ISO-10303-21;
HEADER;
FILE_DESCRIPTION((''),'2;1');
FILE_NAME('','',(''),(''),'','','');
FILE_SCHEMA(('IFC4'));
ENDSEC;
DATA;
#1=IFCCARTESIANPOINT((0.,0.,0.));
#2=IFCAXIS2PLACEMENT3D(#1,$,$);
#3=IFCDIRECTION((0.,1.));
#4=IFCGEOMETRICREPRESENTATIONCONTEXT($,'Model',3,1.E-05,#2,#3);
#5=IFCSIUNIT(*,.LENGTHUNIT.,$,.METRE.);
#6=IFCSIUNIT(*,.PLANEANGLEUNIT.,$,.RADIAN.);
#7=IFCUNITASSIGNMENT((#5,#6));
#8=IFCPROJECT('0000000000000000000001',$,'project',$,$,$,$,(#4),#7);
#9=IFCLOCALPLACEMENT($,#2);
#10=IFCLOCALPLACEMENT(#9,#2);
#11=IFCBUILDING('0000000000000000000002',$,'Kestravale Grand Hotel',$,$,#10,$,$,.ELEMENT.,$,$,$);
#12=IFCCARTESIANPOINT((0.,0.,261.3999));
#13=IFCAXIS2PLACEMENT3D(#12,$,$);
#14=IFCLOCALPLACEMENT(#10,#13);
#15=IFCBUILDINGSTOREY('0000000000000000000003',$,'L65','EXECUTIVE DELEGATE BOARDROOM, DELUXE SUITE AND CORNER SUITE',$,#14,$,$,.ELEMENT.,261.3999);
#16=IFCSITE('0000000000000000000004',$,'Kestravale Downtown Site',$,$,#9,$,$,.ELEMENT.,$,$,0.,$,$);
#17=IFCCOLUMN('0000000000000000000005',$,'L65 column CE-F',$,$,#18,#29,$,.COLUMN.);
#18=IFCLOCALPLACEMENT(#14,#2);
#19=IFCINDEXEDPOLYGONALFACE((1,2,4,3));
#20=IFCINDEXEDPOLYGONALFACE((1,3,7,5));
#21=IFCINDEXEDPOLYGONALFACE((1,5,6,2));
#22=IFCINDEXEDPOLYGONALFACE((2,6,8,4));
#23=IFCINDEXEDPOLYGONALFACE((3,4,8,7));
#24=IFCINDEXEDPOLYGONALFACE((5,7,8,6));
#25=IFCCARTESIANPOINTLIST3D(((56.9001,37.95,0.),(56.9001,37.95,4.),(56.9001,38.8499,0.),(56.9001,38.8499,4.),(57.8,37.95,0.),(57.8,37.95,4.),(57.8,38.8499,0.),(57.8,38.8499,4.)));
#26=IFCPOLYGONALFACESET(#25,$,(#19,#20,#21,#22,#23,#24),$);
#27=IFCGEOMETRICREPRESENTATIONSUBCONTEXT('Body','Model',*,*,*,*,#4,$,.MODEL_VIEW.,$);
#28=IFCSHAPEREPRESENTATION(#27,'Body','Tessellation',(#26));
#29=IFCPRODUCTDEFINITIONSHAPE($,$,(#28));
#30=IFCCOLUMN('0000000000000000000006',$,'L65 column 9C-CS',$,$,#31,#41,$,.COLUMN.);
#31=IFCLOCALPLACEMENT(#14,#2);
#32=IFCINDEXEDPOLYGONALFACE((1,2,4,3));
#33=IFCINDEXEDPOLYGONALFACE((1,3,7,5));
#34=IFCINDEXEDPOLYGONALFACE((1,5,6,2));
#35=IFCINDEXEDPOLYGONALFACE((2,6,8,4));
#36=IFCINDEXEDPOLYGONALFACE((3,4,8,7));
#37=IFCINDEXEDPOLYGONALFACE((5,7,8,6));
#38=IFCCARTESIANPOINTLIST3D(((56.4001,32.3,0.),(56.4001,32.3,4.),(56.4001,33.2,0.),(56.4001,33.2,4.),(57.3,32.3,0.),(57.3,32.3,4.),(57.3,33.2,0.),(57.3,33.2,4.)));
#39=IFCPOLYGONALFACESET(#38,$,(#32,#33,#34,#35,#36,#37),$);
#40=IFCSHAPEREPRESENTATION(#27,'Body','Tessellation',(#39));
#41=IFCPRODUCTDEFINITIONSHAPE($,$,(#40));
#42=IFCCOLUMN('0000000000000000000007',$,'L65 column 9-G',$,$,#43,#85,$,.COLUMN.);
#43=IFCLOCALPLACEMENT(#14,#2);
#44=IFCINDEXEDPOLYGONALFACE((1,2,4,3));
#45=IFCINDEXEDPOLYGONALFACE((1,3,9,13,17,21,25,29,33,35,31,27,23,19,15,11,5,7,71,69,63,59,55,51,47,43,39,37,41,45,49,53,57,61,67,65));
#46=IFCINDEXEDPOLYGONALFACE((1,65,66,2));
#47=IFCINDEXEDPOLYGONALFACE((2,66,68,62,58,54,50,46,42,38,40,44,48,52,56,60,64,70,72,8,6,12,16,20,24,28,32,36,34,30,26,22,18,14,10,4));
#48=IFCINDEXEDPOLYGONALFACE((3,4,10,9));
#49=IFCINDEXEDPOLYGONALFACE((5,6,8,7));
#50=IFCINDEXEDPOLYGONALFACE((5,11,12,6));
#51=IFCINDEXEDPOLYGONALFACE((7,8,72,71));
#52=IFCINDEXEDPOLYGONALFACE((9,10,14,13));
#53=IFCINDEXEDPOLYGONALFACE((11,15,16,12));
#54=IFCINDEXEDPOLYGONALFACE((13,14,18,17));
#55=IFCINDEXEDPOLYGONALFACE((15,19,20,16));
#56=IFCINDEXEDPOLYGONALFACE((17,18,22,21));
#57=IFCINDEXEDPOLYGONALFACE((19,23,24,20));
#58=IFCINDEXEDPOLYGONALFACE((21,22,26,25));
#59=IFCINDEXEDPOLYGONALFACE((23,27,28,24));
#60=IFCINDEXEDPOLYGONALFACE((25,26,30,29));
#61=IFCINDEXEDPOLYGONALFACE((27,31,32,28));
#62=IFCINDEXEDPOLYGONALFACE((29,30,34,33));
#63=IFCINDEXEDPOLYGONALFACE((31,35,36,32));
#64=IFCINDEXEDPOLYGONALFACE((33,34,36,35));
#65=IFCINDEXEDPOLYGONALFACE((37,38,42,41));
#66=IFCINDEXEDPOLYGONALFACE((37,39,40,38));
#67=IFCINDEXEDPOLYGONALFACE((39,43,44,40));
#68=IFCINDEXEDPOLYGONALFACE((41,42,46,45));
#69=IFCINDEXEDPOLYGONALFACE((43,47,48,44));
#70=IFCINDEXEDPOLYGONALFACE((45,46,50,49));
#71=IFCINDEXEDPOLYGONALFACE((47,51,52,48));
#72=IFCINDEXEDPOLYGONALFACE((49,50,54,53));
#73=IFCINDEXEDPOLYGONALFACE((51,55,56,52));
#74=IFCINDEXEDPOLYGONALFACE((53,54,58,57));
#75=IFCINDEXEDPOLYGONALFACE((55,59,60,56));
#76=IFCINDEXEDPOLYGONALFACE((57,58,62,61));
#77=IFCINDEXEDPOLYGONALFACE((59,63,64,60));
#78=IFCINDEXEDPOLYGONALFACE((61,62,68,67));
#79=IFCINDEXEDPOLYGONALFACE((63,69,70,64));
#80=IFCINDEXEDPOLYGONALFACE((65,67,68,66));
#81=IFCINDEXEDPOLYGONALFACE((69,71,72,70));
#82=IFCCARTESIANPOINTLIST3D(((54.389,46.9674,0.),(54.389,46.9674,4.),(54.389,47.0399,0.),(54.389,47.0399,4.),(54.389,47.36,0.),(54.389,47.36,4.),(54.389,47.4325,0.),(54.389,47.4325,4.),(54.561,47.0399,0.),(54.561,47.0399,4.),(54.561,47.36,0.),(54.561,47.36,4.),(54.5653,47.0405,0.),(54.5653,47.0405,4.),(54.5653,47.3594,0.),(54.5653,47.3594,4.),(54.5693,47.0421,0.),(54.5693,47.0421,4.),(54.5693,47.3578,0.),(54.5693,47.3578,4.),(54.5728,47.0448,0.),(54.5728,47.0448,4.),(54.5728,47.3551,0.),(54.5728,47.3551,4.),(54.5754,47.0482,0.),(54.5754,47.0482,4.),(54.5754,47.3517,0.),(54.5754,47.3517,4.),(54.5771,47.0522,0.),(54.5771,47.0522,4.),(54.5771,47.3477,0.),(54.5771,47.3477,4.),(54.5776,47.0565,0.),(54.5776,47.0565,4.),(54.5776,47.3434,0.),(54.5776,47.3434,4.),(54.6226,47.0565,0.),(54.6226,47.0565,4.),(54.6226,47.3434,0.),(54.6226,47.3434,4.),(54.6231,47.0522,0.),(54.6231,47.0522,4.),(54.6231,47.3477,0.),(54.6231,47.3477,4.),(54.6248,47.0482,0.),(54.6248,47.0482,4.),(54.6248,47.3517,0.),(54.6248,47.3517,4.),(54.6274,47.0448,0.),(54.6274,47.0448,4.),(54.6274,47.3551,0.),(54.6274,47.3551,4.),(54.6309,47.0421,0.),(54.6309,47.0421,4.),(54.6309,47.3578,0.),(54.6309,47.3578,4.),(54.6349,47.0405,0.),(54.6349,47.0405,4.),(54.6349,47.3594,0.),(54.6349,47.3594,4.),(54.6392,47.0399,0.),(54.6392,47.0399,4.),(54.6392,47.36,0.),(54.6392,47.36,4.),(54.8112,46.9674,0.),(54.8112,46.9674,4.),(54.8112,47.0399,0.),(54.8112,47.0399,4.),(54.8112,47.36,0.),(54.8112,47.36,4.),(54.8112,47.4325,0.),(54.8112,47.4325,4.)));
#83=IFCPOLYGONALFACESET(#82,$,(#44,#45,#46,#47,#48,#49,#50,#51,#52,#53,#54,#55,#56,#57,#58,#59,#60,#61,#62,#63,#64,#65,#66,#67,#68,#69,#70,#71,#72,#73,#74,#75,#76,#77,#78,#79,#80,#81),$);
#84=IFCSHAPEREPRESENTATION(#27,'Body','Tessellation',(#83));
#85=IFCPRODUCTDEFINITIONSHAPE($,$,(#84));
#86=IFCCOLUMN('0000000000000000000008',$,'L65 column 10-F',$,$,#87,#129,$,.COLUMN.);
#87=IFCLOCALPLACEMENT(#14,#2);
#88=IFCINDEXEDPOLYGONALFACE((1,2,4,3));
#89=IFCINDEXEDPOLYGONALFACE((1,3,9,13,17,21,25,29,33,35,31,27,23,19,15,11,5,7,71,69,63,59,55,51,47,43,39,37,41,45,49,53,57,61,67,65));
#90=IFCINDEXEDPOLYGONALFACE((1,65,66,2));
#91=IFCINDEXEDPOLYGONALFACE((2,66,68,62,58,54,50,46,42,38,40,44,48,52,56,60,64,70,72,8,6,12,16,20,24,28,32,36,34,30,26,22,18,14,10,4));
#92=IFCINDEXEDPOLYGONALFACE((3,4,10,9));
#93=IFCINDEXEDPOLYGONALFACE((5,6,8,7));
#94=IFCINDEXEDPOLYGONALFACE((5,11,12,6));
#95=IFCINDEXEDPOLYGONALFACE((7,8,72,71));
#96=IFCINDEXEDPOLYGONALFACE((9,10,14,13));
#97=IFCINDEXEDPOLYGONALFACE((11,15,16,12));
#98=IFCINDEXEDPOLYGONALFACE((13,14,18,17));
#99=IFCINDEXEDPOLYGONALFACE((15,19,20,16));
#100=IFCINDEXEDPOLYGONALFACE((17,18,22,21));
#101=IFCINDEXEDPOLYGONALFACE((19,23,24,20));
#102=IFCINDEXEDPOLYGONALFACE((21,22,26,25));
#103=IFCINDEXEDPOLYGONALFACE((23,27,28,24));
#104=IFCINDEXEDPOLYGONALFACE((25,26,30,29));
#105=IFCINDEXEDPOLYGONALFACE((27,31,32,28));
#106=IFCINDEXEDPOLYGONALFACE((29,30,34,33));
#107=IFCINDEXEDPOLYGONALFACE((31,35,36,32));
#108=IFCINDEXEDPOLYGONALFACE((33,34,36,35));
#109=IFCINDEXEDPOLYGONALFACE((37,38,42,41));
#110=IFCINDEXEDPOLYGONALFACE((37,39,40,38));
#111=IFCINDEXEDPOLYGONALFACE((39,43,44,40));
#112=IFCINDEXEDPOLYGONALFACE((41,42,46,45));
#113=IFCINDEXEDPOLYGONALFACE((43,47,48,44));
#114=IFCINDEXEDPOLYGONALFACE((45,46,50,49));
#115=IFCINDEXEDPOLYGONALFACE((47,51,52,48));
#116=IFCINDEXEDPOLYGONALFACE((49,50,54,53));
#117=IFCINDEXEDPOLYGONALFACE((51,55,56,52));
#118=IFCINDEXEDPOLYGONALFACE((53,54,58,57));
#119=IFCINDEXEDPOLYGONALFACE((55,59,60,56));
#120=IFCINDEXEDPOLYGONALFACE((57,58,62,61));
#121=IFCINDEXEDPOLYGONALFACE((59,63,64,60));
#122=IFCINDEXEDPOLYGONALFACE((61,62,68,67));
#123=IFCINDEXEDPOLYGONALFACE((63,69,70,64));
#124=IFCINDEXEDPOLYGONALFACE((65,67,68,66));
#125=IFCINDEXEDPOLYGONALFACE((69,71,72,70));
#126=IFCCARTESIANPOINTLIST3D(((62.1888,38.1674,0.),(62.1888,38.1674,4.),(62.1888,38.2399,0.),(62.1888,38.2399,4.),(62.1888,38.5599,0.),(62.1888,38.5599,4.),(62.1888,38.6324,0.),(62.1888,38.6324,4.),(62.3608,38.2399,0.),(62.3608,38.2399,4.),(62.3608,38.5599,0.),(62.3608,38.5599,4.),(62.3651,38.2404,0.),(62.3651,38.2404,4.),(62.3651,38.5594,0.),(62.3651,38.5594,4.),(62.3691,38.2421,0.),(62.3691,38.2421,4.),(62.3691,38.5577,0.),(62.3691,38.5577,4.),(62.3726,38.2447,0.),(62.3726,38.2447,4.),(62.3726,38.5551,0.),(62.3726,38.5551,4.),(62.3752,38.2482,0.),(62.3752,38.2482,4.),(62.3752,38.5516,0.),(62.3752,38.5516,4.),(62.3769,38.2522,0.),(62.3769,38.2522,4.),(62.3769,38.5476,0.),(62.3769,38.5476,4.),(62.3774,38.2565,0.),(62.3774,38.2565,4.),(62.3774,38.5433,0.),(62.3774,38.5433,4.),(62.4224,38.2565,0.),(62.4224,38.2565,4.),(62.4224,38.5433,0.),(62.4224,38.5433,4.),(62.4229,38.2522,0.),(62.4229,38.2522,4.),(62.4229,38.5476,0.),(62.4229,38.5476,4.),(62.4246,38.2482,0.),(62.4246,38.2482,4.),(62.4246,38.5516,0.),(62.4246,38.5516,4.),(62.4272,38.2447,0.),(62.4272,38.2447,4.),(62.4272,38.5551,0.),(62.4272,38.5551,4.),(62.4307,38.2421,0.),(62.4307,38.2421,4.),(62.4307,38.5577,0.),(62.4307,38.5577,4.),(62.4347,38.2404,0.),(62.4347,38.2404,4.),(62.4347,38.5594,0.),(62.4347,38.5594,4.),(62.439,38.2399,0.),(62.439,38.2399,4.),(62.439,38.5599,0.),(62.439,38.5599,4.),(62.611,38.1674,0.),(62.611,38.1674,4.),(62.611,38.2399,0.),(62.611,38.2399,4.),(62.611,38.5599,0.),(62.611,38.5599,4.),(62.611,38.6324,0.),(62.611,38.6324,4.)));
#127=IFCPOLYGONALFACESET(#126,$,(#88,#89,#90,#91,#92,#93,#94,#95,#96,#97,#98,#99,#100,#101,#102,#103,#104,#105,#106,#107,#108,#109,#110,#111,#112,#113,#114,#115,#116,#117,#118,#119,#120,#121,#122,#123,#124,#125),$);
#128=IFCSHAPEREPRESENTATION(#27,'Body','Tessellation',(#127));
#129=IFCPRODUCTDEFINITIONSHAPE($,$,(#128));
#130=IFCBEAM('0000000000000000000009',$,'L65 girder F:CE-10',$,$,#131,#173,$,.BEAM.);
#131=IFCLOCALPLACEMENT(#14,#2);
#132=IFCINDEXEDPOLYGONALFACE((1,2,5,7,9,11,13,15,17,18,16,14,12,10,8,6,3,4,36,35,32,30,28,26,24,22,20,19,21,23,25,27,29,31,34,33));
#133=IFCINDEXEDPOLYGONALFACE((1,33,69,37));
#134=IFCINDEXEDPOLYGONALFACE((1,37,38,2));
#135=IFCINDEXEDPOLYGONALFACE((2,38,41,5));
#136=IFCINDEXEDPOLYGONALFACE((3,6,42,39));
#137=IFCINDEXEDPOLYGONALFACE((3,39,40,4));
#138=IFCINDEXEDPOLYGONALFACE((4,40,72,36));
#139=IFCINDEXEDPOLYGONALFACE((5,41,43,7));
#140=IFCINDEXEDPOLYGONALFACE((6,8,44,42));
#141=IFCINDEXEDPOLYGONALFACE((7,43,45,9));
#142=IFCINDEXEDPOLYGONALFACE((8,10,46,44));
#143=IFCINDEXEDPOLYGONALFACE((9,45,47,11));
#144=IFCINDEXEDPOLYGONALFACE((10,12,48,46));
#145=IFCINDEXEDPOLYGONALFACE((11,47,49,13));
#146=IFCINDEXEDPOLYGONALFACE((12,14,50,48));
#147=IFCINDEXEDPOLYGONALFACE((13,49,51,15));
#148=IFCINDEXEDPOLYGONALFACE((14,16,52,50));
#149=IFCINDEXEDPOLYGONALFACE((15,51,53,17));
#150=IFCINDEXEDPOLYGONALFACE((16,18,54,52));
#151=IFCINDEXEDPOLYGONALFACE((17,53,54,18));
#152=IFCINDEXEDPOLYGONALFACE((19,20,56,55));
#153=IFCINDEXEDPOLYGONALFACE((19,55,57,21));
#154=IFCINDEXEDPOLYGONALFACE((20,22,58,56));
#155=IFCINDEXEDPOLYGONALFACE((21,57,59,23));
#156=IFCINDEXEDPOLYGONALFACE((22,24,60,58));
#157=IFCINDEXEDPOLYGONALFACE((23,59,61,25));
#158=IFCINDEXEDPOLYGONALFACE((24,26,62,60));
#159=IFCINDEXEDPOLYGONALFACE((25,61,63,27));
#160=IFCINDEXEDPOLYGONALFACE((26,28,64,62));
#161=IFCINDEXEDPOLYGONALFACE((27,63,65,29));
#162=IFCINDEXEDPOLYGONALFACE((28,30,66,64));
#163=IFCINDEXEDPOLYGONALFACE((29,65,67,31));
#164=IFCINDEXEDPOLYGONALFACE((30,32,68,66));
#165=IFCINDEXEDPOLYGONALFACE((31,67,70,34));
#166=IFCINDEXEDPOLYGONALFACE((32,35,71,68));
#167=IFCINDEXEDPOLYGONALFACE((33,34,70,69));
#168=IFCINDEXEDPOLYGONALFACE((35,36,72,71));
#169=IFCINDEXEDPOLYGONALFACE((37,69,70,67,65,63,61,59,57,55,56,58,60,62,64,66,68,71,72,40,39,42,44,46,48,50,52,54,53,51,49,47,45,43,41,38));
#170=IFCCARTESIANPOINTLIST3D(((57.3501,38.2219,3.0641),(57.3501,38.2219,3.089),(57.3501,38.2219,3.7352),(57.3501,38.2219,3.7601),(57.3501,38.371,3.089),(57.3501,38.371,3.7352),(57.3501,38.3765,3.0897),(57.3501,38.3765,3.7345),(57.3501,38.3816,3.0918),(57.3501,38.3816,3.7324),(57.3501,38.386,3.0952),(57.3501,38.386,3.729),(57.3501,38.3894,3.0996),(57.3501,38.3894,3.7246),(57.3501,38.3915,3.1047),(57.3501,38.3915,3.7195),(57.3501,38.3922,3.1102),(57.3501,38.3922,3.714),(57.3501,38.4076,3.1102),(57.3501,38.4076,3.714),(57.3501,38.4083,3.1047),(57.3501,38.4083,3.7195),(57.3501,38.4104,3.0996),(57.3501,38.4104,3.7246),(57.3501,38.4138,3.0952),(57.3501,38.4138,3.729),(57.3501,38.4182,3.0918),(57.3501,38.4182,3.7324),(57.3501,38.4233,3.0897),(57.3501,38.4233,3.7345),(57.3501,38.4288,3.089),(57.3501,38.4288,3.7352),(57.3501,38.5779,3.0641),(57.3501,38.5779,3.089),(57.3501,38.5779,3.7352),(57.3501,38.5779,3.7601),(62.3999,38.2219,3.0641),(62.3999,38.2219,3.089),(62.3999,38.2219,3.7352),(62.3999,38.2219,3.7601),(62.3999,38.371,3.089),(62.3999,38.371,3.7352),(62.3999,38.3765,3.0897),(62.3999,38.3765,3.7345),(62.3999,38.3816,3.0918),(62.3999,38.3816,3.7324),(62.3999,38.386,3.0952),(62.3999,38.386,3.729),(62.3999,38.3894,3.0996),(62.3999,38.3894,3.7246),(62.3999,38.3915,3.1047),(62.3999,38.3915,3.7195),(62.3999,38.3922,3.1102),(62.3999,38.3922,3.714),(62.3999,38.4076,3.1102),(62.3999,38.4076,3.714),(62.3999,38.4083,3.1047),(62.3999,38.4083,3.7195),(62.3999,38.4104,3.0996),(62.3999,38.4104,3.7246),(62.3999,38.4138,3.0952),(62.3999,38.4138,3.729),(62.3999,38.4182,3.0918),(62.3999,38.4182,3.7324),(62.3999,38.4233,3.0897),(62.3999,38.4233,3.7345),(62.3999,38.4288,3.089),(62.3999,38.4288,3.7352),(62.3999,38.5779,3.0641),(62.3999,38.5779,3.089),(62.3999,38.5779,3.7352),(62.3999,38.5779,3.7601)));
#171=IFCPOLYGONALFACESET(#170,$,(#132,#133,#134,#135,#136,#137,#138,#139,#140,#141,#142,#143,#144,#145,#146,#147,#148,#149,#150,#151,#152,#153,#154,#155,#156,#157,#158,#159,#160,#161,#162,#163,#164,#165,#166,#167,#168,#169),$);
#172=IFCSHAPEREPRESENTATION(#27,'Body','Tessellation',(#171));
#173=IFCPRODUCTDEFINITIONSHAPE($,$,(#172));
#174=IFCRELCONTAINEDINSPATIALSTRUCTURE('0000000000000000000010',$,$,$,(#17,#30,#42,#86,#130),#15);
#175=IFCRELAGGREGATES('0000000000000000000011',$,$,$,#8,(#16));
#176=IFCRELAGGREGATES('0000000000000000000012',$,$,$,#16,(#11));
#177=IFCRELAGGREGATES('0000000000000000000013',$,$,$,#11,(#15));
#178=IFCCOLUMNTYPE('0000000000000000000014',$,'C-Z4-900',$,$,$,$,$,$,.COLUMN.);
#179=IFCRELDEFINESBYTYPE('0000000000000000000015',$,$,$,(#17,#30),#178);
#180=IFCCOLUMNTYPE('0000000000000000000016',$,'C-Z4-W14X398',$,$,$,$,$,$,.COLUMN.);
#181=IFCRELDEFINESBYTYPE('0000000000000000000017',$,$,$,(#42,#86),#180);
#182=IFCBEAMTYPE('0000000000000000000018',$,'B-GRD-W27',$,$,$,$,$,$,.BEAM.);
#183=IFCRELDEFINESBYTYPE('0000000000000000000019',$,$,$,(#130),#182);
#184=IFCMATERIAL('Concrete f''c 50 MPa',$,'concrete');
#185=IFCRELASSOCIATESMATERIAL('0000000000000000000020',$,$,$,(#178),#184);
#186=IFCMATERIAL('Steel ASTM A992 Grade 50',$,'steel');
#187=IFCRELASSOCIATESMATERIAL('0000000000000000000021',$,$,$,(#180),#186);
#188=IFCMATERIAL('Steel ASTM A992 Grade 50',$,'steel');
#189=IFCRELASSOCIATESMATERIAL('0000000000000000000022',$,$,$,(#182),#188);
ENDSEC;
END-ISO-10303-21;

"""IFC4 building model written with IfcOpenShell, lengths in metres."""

from ifc_helpers import new_model, si_unit, direction, frame, origin, origin_2d, place, context, subcontext, project, spatial, rectangle, i_section, extrude, material, material_profile, profile_set, type_object, element, save


model = new_model("IFC4")

# Units and contexts
model_context = context("Model", 3, precision=1e-05, world=origin(), true_north=direction((0.0, 1.0)))
body_context = subcontext(model_context, "Body", "Model", "MODEL_VIEW")
ifc_project = project(units=[si_unit("LENGTHUNIT", "METRE"), si_unit("PLANEANGLEUNIT", "RADIAN")], contexts=[model_context])

# Site, building, storey
site_placement = place(None, origin())
site = spatial("IfcSite", under=ifc_project, at=site_placement, Name="Kestravale Downtown Site", CompositionType="ELEMENT", RefElevation=0.0)
building_placement = place(site_placement, origin())
building = spatial("IfcBuilding", under=site, at=building_placement, Name="Kestravale Grand Hotel", CompositionType="ELEMENT")
storey_placement = place(building_placement, frame((0.0, 0.0, 261.3999)))
storey = spatial("IfcBuildingStorey", under=building, at=storey_placement, Name="L65", Description="EXECUTIVE DELEGATE BOARDROOM, DELUXE SUITE AND CORNER SUITE", CompositionType="ELEMENT", Elevation=261.3999)

# Columns
ifc_material_1 = material(Name="Concrete f'c 50 MPa", Category="concrete")
ifc_material_profile_1 = material_profile(ifc_material_1, rectangle(XDim=0.8999, YDim=0.8999, at=origin_2d()))
ifc_profile_set_1 = profile_set([ifc_material_profile_1], Name="Concrete f'c 50 MPa")
column_type_1 = type_object("IfcColumnType", Name="C-Z4-900", PredefinedType="COLUMN", material=ifc_profile_set_1)
for number, where, z_axis, x_axis, name in (
    (1, (57.3501, 38.3999, 0.0), (0.0, 0.0, 1.0), (1.0, 0.0, 0.0), "L65 column CE-F"),
    (2, (56.8501, 32.75, 0.0), (0.0, 0.0, 1.0), (1.0, 0.0, 0.0), "L65 column 9C-CS"),
):
    element("IfcColumn", number, at=place(storey_placement, frame(where, z_axis=z_axis, x_axis=x_axis)), inside=storey, type_object=column_type_1, Name=name, PredefinedType="COLUMN", context=body_context, shape_type="SweptSolid", body=[
        extrude(rectangle(XDim=0.8999, YDim=0.8999, at=origin_2d()), origin(), (0.0, 0.0, 1.0), 4.0),
    ])
ifc_material_2 = material(Name="Steel ASTM A992 Grade 50", Category="steel")
ifc_material_profile_2 = material_profile(ifc_material_2, i_section(OverallWidth=0.4221, OverallDepth=0.4651, WebThickness=0.0449, FlangeThickness=0.0725, FilletRadius=0.0166, at=origin_2d()))
ifc_profile_set_2 = profile_set([ifc_material_profile_2], Name="Steel ASTM A992 Grade 50")
column_type_2 = type_object("IfcColumnType", Name="C-Z4-W14X398", PredefinedType="COLUMN", material=ifc_profile_set_2)
for number, where, z_axis, x_axis, name in (
    (3, (54.6001, 47.2, 0.0), (0.0, 0.0, 1.0), (1.0, 0.0, 0.0), "L65 column 9-G"),
    (4, (62.3999, 38.3999, 0.0), (0.0, 0.0, 1.0), (1.0, 0.0, 0.0), "L65 column 10-F"),
):
    element("IfcColumn", number, at=place(storey_placement, frame(where, z_axis=z_axis, x_axis=x_axis)), inside=storey, type_object=column_type_2, Name=name, PredefinedType="COLUMN", context=body_context, shape_type="SweptSolid", body=[
        extrude(i_section(OverallWidth=0.4221, OverallDepth=0.4651, WebThickness=0.0449, FlangeThickness=0.0725, FilletRadius=0.0166, at=origin_2d()), origin(), (0.0, 0.0, 1.0), 4.0),
    ])

# Beam
ifc_material_3 = material(Name="Steel ASTM A992 Grade 50", Category="steel")
ifc_material_profile_3 = material_profile(ifc_material_3, i_section(OverallWidth=0.356, OverallDepth=0.696, WebThickness=0.0154, FlangeThickness=0.0249, FilletRadius=0.0212, at=origin_2d()))
ifc_profile_set_3 = profile_set([ifc_material_profile_3], Name="Steel ASTM A992 Grade 50")
beam_type = type_object("IfcBeamType", Name="B-GRD-W27", PredefinedType="BEAM", material=ifc_profile_set_3)
beam_1_placement = place(storey_placement, frame((57.3501, 38.3999, 3.4121), z_axis=(1.0, 0.0, 0.0), x_axis=(0.0, 1.0, 0.0)))
element("IfcBeam", 5, at=beam_1_placement, inside=storey, type_object=beam_type, Name="L65 girder F:CE-10", PredefinedType="BEAM", context=body_context, shape_type="SweptSolid", body=[
    extrude(i_section(OverallWidth=0.356, OverallDepth=0.696, WebThickness=0.0154, FlangeThickness=0.0249, FilletRadius=0.0212, at=origin_2d()), origin(), (0.0, 0.0, 1.0), 5.0498),
])

save(model, "model.ifc")
